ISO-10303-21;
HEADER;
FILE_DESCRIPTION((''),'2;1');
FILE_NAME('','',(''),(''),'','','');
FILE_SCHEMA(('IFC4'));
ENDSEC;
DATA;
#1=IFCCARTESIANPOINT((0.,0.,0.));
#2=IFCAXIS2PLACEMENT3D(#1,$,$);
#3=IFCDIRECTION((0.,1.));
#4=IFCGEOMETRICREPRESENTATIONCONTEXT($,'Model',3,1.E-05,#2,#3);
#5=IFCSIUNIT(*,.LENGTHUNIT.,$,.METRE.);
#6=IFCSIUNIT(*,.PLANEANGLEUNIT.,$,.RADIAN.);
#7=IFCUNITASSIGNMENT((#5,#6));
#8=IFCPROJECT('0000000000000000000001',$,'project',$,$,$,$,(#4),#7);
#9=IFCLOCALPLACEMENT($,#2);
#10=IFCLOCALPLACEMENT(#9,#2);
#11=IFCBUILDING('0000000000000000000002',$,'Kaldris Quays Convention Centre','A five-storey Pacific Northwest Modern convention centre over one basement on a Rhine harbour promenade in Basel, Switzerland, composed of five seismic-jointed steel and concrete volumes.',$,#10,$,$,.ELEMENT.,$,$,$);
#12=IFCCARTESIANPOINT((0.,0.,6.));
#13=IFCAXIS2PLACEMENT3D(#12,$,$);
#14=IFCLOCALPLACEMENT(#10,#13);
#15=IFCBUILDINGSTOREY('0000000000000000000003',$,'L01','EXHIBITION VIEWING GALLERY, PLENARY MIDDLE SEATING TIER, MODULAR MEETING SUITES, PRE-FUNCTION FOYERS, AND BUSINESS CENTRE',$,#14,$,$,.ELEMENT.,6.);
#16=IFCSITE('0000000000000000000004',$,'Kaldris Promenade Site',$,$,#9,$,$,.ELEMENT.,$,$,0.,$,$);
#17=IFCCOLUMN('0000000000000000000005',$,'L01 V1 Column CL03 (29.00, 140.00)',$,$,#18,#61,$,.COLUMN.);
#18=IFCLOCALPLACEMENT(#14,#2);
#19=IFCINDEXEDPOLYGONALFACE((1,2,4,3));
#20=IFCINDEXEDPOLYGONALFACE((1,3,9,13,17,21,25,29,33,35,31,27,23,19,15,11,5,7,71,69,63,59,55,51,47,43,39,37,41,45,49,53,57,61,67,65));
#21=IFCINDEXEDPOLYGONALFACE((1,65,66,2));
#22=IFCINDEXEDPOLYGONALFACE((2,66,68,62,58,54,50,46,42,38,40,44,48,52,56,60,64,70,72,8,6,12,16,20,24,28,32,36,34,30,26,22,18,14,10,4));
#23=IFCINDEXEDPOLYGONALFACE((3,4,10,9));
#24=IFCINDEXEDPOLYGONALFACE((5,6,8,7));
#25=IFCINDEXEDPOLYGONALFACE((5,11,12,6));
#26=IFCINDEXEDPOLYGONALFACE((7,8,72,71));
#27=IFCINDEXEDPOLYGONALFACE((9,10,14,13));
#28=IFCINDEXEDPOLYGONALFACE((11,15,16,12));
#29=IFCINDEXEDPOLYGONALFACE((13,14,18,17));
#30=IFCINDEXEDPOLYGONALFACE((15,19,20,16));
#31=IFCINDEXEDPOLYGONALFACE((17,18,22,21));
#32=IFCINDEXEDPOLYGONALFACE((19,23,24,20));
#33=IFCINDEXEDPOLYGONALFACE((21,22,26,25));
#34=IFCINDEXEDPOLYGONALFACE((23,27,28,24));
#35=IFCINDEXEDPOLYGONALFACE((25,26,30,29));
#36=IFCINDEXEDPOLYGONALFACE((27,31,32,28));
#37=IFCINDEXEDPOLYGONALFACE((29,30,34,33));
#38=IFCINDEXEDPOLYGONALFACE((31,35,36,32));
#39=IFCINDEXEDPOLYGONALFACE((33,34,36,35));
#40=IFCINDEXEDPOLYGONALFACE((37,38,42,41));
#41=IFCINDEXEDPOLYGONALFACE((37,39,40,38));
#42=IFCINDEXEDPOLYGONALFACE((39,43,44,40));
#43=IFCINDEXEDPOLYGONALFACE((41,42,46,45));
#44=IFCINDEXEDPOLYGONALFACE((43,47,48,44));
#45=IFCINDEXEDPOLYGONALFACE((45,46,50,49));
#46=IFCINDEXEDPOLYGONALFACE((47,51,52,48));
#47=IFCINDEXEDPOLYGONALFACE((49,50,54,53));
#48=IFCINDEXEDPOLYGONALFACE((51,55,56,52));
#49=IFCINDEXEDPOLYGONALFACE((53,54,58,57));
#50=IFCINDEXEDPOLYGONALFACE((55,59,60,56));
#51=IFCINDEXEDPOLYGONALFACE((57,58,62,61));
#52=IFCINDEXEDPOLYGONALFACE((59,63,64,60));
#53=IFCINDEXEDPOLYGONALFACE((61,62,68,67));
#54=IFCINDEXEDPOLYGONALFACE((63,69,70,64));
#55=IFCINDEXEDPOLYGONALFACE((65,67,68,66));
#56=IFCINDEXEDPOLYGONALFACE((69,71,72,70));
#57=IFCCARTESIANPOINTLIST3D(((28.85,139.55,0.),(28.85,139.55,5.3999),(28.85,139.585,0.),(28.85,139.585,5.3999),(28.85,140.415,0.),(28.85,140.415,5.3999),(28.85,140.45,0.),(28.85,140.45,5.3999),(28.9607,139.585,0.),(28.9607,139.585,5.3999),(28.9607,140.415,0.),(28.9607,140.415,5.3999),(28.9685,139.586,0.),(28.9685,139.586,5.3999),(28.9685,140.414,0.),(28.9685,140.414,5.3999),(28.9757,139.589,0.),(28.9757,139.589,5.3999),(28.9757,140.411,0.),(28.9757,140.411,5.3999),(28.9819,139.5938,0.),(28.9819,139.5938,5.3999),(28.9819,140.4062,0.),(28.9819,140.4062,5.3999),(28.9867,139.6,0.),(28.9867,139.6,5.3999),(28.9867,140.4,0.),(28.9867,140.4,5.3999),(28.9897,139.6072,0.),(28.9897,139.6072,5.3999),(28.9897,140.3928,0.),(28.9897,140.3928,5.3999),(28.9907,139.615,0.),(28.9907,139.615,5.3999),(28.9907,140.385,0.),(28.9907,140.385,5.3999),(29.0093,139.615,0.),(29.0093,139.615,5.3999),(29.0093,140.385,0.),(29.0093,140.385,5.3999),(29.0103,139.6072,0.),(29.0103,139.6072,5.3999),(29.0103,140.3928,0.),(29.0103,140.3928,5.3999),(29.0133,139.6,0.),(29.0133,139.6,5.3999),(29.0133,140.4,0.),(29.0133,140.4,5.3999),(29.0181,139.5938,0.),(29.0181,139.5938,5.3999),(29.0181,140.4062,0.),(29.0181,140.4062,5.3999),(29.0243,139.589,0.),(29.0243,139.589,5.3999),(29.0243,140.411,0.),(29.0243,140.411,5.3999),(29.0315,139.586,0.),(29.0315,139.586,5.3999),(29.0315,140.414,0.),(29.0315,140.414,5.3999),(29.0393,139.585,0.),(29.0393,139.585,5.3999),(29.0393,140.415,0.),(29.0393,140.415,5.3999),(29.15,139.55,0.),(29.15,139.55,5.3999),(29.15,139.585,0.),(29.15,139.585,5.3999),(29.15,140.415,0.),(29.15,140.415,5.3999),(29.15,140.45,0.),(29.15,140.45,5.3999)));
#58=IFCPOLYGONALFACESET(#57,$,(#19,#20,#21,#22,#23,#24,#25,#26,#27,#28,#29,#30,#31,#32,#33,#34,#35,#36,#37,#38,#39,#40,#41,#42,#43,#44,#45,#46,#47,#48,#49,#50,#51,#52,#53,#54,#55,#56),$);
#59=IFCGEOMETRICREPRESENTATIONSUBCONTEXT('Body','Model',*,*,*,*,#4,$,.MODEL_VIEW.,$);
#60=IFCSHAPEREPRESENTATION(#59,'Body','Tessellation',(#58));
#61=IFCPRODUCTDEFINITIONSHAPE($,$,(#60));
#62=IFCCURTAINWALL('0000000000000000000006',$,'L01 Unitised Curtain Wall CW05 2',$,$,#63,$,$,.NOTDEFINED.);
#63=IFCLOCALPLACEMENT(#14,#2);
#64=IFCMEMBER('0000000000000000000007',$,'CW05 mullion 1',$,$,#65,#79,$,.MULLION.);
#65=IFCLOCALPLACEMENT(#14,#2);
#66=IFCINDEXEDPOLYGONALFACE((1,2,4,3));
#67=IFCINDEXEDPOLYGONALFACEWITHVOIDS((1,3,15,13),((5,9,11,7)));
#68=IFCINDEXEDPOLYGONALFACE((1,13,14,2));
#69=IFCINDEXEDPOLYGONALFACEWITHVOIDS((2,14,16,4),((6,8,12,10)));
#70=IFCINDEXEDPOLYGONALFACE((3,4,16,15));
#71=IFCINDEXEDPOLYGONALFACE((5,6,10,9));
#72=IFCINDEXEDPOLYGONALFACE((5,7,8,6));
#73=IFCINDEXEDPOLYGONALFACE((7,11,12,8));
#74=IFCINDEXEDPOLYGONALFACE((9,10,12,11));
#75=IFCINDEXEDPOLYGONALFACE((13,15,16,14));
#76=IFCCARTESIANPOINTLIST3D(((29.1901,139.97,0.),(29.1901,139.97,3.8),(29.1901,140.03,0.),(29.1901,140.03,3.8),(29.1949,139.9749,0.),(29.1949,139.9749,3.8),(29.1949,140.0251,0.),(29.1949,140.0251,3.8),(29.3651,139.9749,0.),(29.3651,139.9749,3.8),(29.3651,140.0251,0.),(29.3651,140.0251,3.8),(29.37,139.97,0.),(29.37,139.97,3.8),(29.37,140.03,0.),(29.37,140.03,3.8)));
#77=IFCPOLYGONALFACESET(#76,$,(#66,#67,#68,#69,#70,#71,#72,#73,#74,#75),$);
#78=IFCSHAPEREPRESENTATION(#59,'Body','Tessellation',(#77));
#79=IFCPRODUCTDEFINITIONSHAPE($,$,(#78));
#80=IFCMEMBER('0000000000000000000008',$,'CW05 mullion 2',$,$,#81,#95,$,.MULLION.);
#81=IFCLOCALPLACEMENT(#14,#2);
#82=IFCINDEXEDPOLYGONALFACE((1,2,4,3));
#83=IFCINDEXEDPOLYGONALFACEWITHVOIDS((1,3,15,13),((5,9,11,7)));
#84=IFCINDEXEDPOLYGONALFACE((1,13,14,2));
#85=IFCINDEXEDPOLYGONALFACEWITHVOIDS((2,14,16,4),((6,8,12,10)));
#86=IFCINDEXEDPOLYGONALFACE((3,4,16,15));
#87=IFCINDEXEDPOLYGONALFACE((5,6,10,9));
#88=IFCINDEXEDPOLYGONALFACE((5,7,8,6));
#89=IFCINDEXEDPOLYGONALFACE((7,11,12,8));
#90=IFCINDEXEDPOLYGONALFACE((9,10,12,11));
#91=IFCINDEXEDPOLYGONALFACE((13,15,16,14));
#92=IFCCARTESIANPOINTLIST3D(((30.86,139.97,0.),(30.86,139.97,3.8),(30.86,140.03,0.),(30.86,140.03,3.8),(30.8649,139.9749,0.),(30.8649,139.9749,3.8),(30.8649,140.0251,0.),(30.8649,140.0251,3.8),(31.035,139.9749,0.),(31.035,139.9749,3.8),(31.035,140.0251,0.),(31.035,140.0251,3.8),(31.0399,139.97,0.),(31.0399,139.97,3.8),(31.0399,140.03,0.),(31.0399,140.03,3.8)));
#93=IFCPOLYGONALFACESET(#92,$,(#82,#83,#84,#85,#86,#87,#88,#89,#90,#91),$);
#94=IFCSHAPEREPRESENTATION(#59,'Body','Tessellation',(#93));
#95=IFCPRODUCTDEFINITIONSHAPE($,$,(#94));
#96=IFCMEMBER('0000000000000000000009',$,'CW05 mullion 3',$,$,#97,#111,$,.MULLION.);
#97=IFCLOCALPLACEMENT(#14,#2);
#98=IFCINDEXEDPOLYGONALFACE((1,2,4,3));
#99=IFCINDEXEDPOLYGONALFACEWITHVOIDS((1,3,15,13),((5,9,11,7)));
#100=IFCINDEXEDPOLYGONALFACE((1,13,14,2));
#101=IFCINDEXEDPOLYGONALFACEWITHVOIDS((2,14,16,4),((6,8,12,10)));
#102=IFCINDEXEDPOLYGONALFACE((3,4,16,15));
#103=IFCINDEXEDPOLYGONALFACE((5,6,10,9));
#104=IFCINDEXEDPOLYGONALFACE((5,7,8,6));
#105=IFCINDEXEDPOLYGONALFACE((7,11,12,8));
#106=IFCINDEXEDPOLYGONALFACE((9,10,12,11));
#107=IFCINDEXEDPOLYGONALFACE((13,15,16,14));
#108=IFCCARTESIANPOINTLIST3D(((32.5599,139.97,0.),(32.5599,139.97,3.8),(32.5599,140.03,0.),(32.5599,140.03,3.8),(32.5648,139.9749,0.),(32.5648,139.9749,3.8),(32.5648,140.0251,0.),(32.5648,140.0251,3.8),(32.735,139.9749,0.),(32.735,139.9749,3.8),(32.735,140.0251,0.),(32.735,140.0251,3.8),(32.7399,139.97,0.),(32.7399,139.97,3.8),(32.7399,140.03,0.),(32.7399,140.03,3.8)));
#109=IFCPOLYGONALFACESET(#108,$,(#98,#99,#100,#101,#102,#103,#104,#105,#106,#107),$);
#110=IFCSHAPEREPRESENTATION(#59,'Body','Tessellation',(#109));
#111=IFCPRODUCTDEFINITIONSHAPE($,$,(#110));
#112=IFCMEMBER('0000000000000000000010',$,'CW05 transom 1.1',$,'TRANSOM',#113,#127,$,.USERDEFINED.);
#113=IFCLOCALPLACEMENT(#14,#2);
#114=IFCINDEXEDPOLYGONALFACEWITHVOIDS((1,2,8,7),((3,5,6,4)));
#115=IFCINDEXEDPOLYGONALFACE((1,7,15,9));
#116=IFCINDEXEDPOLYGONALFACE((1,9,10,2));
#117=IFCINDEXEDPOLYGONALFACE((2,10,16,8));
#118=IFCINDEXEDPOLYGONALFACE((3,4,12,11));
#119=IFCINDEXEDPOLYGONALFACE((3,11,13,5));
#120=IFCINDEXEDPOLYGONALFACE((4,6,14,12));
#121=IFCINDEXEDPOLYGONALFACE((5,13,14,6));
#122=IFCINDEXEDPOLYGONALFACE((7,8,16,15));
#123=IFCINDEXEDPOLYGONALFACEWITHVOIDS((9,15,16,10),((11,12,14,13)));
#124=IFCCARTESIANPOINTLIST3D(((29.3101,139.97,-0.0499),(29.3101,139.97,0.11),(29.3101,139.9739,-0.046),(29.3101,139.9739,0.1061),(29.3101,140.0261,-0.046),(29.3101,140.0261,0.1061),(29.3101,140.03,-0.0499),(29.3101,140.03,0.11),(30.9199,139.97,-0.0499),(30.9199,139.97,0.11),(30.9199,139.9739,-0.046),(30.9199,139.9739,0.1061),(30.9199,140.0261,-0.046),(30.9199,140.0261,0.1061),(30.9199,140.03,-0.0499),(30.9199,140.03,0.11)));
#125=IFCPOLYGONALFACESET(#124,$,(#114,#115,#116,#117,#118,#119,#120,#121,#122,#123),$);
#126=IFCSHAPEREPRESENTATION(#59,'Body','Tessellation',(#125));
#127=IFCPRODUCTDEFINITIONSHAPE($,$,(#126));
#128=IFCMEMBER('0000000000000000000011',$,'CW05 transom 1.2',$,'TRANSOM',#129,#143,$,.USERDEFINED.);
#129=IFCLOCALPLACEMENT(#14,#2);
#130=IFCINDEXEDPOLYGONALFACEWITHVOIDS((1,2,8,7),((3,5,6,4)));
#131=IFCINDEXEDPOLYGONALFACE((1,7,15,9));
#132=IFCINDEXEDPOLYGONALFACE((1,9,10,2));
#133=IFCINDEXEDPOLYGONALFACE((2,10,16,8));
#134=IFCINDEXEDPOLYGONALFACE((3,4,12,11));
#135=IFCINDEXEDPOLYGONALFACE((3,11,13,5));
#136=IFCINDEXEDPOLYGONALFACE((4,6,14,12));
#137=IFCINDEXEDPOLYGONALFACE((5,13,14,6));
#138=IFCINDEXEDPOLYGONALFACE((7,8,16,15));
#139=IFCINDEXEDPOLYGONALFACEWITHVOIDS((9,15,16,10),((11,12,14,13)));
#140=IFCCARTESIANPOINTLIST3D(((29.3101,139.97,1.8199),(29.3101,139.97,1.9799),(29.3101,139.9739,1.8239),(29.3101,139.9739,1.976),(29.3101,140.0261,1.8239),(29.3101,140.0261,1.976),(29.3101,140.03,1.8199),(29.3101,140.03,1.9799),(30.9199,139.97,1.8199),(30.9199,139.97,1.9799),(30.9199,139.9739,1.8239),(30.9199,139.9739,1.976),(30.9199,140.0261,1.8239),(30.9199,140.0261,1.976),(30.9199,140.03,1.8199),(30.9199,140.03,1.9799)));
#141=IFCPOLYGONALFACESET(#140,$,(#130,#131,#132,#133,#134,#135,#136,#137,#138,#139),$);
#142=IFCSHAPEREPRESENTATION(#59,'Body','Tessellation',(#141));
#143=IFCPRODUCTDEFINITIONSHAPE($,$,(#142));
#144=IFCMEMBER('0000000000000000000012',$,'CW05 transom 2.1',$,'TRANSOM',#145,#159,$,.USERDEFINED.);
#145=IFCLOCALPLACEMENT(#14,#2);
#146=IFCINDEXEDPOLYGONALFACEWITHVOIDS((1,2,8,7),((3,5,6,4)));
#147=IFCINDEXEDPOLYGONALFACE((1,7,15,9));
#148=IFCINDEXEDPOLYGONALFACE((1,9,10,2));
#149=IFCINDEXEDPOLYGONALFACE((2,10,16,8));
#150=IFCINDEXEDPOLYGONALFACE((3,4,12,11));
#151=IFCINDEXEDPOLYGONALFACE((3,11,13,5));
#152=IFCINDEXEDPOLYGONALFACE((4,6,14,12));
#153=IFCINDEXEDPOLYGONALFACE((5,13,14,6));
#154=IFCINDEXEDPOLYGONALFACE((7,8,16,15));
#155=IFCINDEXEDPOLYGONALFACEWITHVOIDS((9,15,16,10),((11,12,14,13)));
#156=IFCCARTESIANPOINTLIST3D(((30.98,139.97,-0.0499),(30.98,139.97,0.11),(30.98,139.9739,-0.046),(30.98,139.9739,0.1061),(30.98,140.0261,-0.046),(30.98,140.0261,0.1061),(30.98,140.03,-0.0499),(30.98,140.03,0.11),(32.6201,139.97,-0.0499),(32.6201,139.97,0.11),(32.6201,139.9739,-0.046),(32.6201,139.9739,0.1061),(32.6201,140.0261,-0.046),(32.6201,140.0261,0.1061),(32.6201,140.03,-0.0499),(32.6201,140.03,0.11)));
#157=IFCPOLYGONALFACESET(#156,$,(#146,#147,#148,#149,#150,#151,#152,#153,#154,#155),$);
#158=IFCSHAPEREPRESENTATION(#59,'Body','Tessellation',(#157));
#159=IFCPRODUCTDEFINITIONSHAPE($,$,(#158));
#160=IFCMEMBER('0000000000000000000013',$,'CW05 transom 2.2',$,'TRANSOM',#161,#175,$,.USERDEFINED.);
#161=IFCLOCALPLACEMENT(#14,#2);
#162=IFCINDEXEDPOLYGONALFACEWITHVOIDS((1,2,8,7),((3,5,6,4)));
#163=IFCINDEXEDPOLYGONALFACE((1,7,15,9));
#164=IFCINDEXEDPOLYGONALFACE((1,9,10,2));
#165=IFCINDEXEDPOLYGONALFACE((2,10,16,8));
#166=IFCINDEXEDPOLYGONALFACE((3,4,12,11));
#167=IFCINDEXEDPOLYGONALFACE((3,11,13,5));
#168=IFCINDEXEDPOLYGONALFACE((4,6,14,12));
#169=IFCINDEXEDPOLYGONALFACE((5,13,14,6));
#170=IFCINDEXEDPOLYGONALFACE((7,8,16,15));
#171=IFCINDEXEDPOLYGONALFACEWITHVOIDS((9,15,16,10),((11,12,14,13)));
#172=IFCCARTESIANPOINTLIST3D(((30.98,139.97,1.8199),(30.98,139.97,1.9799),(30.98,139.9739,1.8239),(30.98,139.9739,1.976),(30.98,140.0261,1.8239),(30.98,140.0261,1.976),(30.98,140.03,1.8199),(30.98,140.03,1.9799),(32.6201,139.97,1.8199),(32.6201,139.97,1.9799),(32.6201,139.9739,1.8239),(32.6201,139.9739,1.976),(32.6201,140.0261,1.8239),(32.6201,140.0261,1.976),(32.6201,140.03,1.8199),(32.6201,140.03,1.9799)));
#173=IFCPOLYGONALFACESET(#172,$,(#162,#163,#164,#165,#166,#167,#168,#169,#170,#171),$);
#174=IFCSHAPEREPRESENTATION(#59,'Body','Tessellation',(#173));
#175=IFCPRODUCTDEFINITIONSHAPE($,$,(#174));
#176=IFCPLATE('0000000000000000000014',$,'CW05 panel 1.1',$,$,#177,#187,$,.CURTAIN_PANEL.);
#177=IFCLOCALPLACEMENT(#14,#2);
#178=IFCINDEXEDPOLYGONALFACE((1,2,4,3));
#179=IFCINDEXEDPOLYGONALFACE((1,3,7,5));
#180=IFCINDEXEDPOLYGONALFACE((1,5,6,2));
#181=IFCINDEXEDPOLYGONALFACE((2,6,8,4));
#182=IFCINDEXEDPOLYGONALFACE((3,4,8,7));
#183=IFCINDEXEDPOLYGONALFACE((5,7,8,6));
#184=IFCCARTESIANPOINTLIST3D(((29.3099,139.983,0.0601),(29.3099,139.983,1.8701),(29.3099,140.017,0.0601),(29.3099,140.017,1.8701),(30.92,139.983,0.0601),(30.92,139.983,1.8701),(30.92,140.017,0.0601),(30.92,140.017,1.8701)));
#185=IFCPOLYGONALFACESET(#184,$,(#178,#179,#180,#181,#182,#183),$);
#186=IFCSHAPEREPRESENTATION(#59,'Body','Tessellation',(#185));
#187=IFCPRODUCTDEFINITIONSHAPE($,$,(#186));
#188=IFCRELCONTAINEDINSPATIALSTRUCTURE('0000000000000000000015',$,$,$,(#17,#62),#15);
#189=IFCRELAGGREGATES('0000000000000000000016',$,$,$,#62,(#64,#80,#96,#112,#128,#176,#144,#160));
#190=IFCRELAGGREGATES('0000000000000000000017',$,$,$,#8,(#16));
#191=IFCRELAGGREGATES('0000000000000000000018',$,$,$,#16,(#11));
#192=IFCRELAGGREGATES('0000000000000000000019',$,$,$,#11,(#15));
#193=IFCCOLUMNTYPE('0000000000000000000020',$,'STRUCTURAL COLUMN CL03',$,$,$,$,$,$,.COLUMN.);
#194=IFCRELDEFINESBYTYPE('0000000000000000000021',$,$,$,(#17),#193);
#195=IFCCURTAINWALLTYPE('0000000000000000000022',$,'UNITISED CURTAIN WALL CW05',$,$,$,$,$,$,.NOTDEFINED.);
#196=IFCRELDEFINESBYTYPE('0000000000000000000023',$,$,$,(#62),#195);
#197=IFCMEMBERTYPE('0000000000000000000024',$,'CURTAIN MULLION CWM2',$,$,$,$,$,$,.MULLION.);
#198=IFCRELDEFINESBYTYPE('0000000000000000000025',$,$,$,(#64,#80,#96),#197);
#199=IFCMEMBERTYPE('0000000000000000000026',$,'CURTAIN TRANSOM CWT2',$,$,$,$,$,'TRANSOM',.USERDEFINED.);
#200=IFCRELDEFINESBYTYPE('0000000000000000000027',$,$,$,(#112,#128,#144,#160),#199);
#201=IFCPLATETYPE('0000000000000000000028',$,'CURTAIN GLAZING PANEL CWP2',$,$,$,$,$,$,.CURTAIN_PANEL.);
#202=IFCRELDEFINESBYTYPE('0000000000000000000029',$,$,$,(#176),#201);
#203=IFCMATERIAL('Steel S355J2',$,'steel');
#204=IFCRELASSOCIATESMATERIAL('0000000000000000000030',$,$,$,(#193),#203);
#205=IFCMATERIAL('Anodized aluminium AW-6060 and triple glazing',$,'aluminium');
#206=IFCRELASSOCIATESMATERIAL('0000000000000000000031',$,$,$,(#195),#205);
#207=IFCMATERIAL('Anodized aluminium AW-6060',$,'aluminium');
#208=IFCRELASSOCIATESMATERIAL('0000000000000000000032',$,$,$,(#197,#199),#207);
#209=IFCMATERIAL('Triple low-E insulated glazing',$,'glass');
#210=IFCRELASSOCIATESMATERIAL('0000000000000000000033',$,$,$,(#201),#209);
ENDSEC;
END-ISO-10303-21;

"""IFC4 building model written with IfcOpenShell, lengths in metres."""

from ifc_helpers import new_model, si_unit, direction, frame, origin, origin_2d, place, context, subcontext, project, spatial, rectangle, hollow_rectangle, i_section, extrude, material, material_profile, profile_set, type_object, element, aggregate, save


model = new_model("IFC4")

# Units and contexts
model_context = context("Model", 3, precision=1e-05, world=origin(), true_north=direction((0.0, 1.0)))
body_context = subcontext(model_context, "Body", "Model", "MODEL_VIEW")
ifc_project = project(units=[si_unit("LENGTHUNIT", "METRE"), si_unit("PLANEANGLEUNIT", "RADIAN")], contexts=[model_context])

# Site, building, storey
site_placement = place(None, origin())
site = spatial("IfcSite", under=ifc_project, at=site_placement, Name="Kaldris Promenade Site", CompositionType="ELEMENT", RefElevation=0.0)
building_placement = place(site_placement, origin())
building = spatial("IfcBuilding", under=site, at=building_placement, Name="Kaldris Quays Convention Centre", Description="A five-storey Pacific Northwest Modern convention centre over one basement on a Rhine harbour promenade in Basel, Switzerland, composed of five seismic-jointed steel and concrete volumes.", CompositionType="ELEMENT")
storey_placement = place(building_placement, frame((0.0, 0.0, 6.0)))
storey = spatial("IfcBuildingStorey", under=building, at=storey_placement, Name="L01", Description="EXHIBITION VIEWING GALLERY, PLENARY MIDDLE SEATING TIER, MODULAR MEETING SUITES, PRE-FUNCTION FOYERS, AND BUSINESS CENTRE", CompositionType="ELEMENT", Elevation=6.0)

# Column
ifc_material_1 = material(Name="Steel S355J2", Category="steel")
ifc_material_profile_1 = material_profile(ifc_material_1, i_section(OverallWidth=0.3, OverallDepth=0.8999, WebThickness=0.0186, FlangeThickness=0.0349, FilletRadius=0.03, at=origin_2d()), Name="HEB 900")
ifc_profile_set_1 = profile_set([ifc_material_profile_1], Name="Steel S355J2")
column_type = type_object("IfcColumnType", Name="STRUCTURAL COLUMN CL03", PredefinedType="COLUMN", material=ifc_profile_set_1)
column_placement = place(storey_placement, frame((29.0, 140.0, 0.0), z_axis=(0.0, 0.0, 1.0), x_axis=(1.0, 0.0, 0.0)))
element("IfcColumn", 1, at=column_placement, inside=storey, type_object=column_type, Name="L01 V1 Column CL03 (29.00, 140.00)", PredefinedType="COLUMN", context=body_context, shape_type="SweptSolid", body=[
    extrude(i_section(OverallWidth=0.3, OverallDepth=0.8999, WebThickness=0.0186, FlangeThickness=0.0349, FilletRadius=0.03, at=origin_2d()), origin(), (0.0, 0.0, 1.0), 5.3999),
])

# Curtain wall, members, plate
ifc_material_2 = material(Name="Anodized aluminium AW-6060 and triple glazing", Category="aluminium")
curtain_wall_type = type_object("IfcCurtainWallType", Name="UNITISED CURTAIN WALL CW05", PredefinedType="NOTDEFINED", material=ifc_material_2)
curtain_wall_placement = place(storey_placement, origin())
curtain_wall = element("IfcCurtainWall", 2, at=curtain_wall_placement, inside=storey, type_object=curtain_wall_type, Name="L01 Unitised Curtain Wall CW05 2", PredefinedType="NOTDEFINED")
ifc_material_3 = material(Name="Anodized aluminium AW-6060", Category="aluminium")
ifc_material_profile_2 = material_profile(ifc_material_3, hollow_rectangle(XDim=0.0601, YDim=0.1799, WallThickness=0.0049, at=origin_2d()), Name="RHS 180x60x5")
ifc_profile_set_2 = profile_set([ifc_material_profile_2], Name="Anodized aluminium AW-6060")
member_type_1 = type_object("IfcMemberType", Name="CURTAIN MULLION CWM2", PredefinedType="MULLION", material=ifc_profile_set_2)
member_1_placement = place(storey_placement, frame((29.28, 140.0, 0.0), z_axis=(0.0, 0.0, 1.0), x_axis=(0.0, 1.0, 0.0)))
member_1 = element("IfcMember", 3, at=member_1_placement, type_object=member_type_1, Name="CW05 mullion 1", PredefinedType="MULLION", context=body_context, shape_type="SweptSolid", body=[
    extrude(hollow_rectangle(XDim=0.0601, YDim=0.1799, WallThickness=0.0049, at=origin_2d()), origin(), (0.0, 0.0, 1.0), 3.8),
])
member_2_placement = place(storey_placement, frame((30.95, 140.0, 0.0), z_axis=(0.0, 0.0, 1.0), x_axis=(0.0, 1.0, 0.0)))
member_2 = element("IfcMember", 4, at=member_2_placement, type_object=member_type_1, Name="CW05 mullion 2", PredefinedType="MULLION", context=body_context, shape_type="SweptSolid", body=[
    extrude(hollow_rectangle(XDim=0.0601, YDim=0.1799, WallThickness=0.0049, at=origin_2d()), origin(), (0.0, 0.0, 1.0), 3.8),
])
member_3_placement = place(storey_placement, frame((32.6499, 140.0, 0.0), z_axis=(0.0, 0.0, 1.0), x_axis=(0.0, 1.0, 0.0)))
member_3 = element("IfcMember", 5, at=member_3_placement, type_object=member_type_1, Name="CW05 mullion 3", PredefinedType="MULLION", context=body_context, shape_type="SweptSolid", body=[
    extrude(hollow_rectangle(XDim=0.0601, YDim=0.1799, WallThickness=0.0049, at=origin_2d()), origin(), (0.0, 0.0, 1.0), 3.8),
])
ifc_material_profile_3 = material_profile(ifc_material_3, hollow_rectangle(XDim=0.0601, YDim=0.1599, WallThickness=0.0039, at=origin_2d()), Name="RHS 160x60x4")
ifc_profile_set_3 = profile_set([ifc_material_profile_3], Name="Anodized aluminium AW-6060")
member_type_2 = type_object("IfcMemberType", Name="CURTAIN TRANSOM CWT2", ElementType="TRANSOM", PredefinedType="USERDEFINED", material=ifc_profile_set_3)
member_4_placement = place(storey_placement, frame((29.3101, 140.0, 0.03), z_axis=(1.0, 0.0, 0.0), x_axis=(0.0, 1.0, 0.0)))
member_4 = element("IfcMember", 6, at=member_4_placement, type_object=member_type_2, Name="CW05 transom 1.1", ObjectType="TRANSOM", PredefinedType="USERDEFINED", context=body_context, shape_type="SweptSolid", body=[
    extrude(hollow_rectangle(XDim=0.0601, YDim=0.1599, WallThickness=0.0039, at=origin_2d()), origin(), (0.0, 0.0, 1.0), 1.6099),
])
member_5_placement = place(storey_placement, frame((29.3101, 140.0, 1.8999), z_axis=(1.0, 0.0, 0.0), x_axis=(0.0, 1.0, 0.0)))
member_5 = element("IfcMember", 7, at=member_5_placement, type_object=member_type_2, Name="CW05 transom 1.2", ObjectType="TRANSOM", PredefinedType="USERDEFINED", context=body_context, shape_type="SweptSolid", body=[
    extrude(hollow_rectangle(XDim=0.0601, YDim=0.1599, WallThickness=0.0039, at=origin_2d()), origin(), (0.0, 0.0, 1.0), 1.6099),
])
member_6_placement = place(storey_placement, frame((30.98, 140.0, 0.03), z_axis=(1.0, 0.0, 0.0), x_axis=(0.0, 1.0, 0.0)))
member_6 = element("IfcMember", 8, at=member_6_placement, type_object=member_type_2, Name="CW05 transom 2.1", ObjectType="TRANSOM", PredefinedType="USERDEFINED", context=body_context, shape_type="SweptSolid", body=[
    extrude(hollow_rectangle(XDim=0.0601, YDim=0.1599, WallThickness=0.0039, at=origin_2d()), origin(), (0.0, 0.0, 1.0), 1.6401),
])
member_7_placement = place(storey_placement, frame((30.98, 140.0, 1.8999), z_axis=(1.0, 0.0, 0.0), x_axis=(0.0, 1.0, 0.0)))
member_7 = element("IfcMember", 9, at=member_7_placement, type_object=member_type_2, Name="CW05 transom 2.2", ObjectType="TRANSOM", PredefinedType="USERDEFINED", context=body_context, shape_type="SweptSolid", body=[
    extrude(hollow_rectangle(XDim=0.0601, YDim=0.1599, WallThickness=0.0039, at=origin_2d()), origin(), (0.0, 0.0, 1.0), 1.6401),
])
ifc_material_4 = material(Name="Triple low-E insulated glazing", Category="glass")
plate_type = type_object("IfcPlateType", Name="CURTAIN GLAZING PANEL CWP2", PredefinedType="CURTAIN_PANEL", material=ifc_material_4)
plate_1_placement = place(storey_placement, frame((30.115, 140.0, 0.0601), z_axis=(0.0, 0.0, 1.0), x_axis=(1.0, 0.0, 0.0)))
plate_1 = element("IfcPlate", 10, at=plate_1_placement, type_object=plate_type, Name="CW05 panel 1.1", PredefinedType="CURTAIN_PANEL", context=body_context, shape_type="SweptSolid", body=[
    extrude(rectangle(XDim=1.6101, YDim=0.0339, at=origin_2d()), origin(), (0.0, 0.0, 1.0), 1.8101),
])
aggregate(curtain_wall, [member_1, member_2, member_3, member_4, member_5, plate_1, member_6, member_7])

save(model, "model.ifc")
